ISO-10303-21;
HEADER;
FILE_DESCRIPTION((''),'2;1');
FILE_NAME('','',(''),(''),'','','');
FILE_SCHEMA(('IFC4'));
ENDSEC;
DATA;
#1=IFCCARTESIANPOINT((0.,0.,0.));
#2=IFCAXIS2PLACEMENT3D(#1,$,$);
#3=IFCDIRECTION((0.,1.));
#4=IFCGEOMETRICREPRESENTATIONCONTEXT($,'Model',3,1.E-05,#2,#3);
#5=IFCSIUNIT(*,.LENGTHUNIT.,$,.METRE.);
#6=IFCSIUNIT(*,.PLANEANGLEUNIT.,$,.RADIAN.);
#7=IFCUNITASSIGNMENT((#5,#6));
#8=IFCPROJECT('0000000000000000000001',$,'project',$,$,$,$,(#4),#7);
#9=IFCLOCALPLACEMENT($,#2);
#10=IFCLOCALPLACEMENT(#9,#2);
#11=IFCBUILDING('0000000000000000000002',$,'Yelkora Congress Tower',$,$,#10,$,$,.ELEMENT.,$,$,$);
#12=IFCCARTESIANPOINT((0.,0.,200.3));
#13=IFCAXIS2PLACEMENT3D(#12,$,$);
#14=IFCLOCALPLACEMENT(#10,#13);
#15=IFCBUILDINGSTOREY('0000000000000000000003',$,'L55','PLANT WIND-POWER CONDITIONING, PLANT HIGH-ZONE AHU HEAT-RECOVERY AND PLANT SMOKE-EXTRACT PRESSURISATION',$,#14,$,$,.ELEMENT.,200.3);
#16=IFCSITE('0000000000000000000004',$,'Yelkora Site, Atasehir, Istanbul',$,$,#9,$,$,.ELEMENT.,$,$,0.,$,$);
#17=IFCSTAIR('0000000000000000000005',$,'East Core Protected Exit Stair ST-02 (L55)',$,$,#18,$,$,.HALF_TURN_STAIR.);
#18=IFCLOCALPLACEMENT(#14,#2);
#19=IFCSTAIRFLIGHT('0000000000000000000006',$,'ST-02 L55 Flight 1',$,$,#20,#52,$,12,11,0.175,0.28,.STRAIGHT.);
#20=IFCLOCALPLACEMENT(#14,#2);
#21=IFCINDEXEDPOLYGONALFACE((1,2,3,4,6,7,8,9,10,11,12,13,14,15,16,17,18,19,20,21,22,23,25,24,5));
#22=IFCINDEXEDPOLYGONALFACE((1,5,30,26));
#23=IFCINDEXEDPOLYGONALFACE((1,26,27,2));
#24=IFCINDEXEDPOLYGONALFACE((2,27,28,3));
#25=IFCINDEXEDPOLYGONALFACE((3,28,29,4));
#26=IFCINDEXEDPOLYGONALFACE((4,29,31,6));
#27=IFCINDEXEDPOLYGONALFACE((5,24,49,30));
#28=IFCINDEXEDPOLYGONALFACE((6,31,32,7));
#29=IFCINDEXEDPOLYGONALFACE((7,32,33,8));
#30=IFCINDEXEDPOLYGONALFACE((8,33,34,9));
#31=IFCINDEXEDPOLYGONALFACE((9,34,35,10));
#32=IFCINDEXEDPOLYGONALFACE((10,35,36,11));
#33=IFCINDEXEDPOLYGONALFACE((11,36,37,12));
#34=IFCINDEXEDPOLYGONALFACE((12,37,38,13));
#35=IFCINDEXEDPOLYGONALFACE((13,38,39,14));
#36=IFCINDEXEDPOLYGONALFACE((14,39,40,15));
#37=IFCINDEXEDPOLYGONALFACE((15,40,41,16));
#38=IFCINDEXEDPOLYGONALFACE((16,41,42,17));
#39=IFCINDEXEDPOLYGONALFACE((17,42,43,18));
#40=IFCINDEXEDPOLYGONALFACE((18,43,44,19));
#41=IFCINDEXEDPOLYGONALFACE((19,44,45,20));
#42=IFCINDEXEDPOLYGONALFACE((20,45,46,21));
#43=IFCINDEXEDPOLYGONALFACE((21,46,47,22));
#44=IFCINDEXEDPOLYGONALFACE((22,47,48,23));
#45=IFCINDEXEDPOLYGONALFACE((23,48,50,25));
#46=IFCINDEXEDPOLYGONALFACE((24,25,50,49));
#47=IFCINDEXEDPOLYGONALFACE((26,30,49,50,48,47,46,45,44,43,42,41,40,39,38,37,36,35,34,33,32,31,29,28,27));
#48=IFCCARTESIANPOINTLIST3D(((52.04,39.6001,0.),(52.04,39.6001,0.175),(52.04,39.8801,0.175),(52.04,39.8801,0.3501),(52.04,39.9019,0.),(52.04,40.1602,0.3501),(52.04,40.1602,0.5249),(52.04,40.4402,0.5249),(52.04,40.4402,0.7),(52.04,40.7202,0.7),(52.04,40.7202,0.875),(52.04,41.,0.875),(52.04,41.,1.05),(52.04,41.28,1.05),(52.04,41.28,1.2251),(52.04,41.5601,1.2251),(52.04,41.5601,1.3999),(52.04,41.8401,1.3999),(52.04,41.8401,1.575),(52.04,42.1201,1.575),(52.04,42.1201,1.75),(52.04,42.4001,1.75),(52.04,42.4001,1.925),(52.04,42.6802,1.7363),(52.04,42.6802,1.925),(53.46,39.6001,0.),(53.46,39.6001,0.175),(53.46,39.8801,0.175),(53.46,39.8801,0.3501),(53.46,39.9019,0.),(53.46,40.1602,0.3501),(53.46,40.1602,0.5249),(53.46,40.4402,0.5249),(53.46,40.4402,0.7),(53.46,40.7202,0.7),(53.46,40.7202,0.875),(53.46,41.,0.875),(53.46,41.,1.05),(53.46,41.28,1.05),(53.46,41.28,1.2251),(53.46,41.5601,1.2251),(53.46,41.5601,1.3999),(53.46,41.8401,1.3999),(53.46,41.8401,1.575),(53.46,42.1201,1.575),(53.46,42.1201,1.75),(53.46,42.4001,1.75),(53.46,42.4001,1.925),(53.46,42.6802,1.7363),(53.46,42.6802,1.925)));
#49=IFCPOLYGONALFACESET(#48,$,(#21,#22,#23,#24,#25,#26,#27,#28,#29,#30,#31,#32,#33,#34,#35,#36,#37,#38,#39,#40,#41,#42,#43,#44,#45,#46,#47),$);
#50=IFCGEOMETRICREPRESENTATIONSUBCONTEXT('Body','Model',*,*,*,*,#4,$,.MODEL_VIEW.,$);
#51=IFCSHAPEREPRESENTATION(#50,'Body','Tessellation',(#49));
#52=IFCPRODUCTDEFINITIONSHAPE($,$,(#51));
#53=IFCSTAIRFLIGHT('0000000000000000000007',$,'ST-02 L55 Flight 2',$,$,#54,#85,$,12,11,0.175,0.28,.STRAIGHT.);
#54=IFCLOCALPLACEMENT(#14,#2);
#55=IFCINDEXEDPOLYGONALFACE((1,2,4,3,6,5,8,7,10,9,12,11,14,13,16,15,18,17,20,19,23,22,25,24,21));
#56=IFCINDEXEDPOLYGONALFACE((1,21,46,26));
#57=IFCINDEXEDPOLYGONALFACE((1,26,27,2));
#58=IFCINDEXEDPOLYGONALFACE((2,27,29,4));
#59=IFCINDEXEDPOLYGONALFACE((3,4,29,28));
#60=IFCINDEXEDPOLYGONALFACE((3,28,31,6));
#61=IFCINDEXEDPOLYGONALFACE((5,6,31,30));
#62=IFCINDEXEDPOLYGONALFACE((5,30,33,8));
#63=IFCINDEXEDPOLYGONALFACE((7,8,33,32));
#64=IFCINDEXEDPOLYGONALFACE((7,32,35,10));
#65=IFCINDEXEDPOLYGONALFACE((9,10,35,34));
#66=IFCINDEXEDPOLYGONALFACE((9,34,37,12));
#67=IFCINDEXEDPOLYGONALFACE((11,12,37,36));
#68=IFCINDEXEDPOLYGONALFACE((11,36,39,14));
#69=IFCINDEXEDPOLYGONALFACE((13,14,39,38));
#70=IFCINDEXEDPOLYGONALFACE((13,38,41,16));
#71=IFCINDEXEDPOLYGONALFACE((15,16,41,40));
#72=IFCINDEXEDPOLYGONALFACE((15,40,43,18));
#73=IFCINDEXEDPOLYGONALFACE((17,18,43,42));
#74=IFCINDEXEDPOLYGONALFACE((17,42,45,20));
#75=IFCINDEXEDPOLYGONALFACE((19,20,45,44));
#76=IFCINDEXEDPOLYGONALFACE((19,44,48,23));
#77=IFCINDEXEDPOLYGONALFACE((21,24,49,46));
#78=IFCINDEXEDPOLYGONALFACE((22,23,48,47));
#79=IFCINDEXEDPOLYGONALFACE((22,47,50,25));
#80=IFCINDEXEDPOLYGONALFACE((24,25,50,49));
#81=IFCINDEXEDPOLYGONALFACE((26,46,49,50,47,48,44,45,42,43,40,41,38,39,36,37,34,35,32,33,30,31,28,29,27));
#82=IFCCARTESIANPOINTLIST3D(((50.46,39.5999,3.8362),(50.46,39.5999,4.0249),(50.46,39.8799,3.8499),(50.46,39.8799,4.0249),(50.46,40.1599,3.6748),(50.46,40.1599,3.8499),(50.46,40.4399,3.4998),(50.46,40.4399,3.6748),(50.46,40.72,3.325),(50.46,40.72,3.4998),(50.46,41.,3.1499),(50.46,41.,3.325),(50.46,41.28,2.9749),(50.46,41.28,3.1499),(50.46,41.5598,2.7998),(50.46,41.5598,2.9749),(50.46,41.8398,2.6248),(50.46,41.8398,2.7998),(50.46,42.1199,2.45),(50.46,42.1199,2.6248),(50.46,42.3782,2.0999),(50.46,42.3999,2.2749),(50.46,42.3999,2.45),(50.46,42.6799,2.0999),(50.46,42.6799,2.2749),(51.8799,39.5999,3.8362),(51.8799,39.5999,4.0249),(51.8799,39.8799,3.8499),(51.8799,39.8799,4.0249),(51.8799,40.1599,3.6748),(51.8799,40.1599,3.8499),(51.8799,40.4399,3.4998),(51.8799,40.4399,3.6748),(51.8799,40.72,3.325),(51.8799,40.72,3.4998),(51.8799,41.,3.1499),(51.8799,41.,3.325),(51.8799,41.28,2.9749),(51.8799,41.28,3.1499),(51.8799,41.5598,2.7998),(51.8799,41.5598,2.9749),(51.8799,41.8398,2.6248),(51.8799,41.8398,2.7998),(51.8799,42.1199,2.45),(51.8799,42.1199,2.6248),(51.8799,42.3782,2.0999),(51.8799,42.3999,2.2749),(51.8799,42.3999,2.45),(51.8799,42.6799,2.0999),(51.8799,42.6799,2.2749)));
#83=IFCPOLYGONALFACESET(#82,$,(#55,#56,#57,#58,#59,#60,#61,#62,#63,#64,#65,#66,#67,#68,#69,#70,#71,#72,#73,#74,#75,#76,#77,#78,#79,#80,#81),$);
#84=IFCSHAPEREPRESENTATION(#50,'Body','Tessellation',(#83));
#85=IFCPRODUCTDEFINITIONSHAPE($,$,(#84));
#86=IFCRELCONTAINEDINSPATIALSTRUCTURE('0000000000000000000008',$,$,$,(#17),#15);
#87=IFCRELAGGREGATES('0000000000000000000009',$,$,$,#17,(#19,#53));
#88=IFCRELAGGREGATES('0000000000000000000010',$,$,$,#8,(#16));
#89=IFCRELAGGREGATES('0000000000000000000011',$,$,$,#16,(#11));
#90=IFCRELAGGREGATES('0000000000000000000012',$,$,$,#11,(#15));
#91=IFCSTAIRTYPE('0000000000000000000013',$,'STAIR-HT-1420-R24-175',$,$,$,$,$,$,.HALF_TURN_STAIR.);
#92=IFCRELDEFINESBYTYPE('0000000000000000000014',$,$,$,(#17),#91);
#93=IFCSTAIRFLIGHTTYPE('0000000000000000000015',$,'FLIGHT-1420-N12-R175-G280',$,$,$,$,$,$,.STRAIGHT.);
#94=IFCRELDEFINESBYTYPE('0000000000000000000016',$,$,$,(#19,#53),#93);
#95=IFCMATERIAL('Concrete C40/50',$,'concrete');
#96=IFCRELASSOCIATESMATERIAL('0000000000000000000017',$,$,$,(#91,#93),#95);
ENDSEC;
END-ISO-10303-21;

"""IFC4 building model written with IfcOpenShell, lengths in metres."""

from ifc_helpers import new_model, si_unit, direction, frame, origin, place, context, subcontext, project, spatial, polyline, outline, extrude, material, type_object, element, aggregate, save


model = new_model("IFC4")

# Units and contexts
model_context = context("Model", 3, precision=1e-05, world=origin(), true_north=direction((0.0, 1.0)))
body_context = subcontext(model_context, "Body", "Model", "MODEL_VIEW")
ifc_project = project(units=[si_unit("LENGTHUNIT", "METRE"), si_unit("PLANEANGLEUNIT", "RADIAN")], contexts=[model_context])

# Site, building, storey
site_placement = place(None, origin())
site = spatial("IfcSite", under=ifc_project, at=site_placement, Name="Yelkora Site, Atasehir, Istanbul", CompositionType="ELEMENT", RefElevation=0.0)
building_placement = place(site_placement, origin())
building = spatial("IfcBuilding", under=site, at=building_placement, Name="Yelkora Congress Tower", CompositionType="ELEMENT")
storey_placement = place(building_placement, frame((0.0, 0.0, 200.3)))
storey = spatial("IfcBuildingStorey", under=building, at=storey_placement, Name="L55", Description="PLANT WIND-POWER CONDITIONING, PLANT HIGH-ZONE AHU HEAT-RECOVERY AND PLANT SMOKE-EXTRACT PRESSURISATION", CompositionType="ELEMENT", Elevation=200.3)

# Stair, stair flights
ifc_material_1 = material(Name="Concrete C40/50", Category="concrete")
stair_type = type_object("IfcStairType", Name="STAIR-HT-1420-R24-175", PredefinedType="HALF_TURN_STAIR", material=ifc_material_1)
stair_placement = place(storey_placement, origin())
stair = element("IfcStair", 1, at=stair_placement, inside=storey, type_object=stair_type, Name="East Core Protected Exit Stair ST-02 (L55)", PredefinedType="HALF_TURN_STAIR")
stair_flight_type = type_object("IfcStairFlightType", Name="FLIGHT-1420-N12-R175-G280", PredefinedType="STRAIGHT", material=ifc_material_1)
stair_flight_1_placement = place(storey_placement, frame((52.75, 39.6001, 0.0), z_axis=(0.0, 0.0, 1.0), x_axis=(0.0, 1.0, 0.0)))
stair_flight_1 = element("IfcStairFlight", 2, at=stair_flight_1_placement, type_object=stair_flight_type, Name="ST-02 L55 Flight 1", NumberOfRisers=12, NumberOfTreads=11, PredefinedType="STRAIGHT", RiserHeight=0.175, TreadLength=0.28, context=body_context, shape_type="SweptSolid", body=[
    extrude(outline(polyline([(0.0, 0.0), (0.0, 0.175), (0.28, 0.175), (0.28, 0.3501), (0.5601, 0.3501), (0.5601, 0.5249), (0.8401, 0.5249), (0.8401, 0.7), (1.1201, 0.7), (1.1201, 0.875), (1.3999, 0.875), (1.3999, 1.05), (1.6799, 1.05), (1.6799, 1.2251), (1.96, 1.2251), (1.96, 1.3999), (2.24, 1.3999), (2.24, 1.575), (2.52, 1.575), (2.52, 1.75), (2.8, 1.75), (2.8, 1.925), (3.0801, 1.925), (3.0801, 2.1001), (3.0801, 1.7363), (0.3018, 0.0), (0.0, 0.0)])), frame((0.0, 0.71, 0.0), z_axis=(0.0, -1.0, 0.0), x_axis=(1.0, 0.0, 0.0)), (0.0, 0.0, 1.0), 1.4199),
])
stair_flight_2_placement = place(storey_placement, frame((51.1699, 42.6799, 2.0999), z_axis=(0.0, 0.0, 1.0), x_axis=(0.0, -1.0, 0.0)))
stair_flight_2 = element("IfcStairFlight", 3, at=stair_flight_2_placement, type_object=stair_flight_type, Name="ST-02 L55 Flight 2", NumberOfRisers=12, NumberOfTreads=11, PredefinedType="STRAIGHT", RiserHeight=0.175, TreadLength=0.28, context=body_context, shape_type="SweptSolid", body=[
    extrude(outline(polyline([(0.0, 0.0), (0.0, 0.175), (0.28, 0.175), (0.28, 0.3501), (0.5601, 0.3501), (0.5601, 0.5249), (0.8401, 0.5249), (0.8401, 0.7), (1.1201, 0.7), (1.1201, 0.875), (1.3999, 0.875), (1.3999, 1.05), (1.6799, 1.05), (1.6799, 1.2251), (1.96, 1.2251), (1.96, 1.3999), (2.24, 1.3999), (2.24, 1.575), (2.52, 1.575), (2.52, 1.75), (2.8, 1.75), (2.8, 1.925), (3.0801, 1.925), (3.0801, 2.1001), (3.0801, 1.7363), (0.3018, 0.0), (0.0, 0.0)])), frame((0.0, 0.71, 0.0), z_axis=(0.0, -1.0, 0.0), x_axis=(1.0, 0.0, 0.0)), (0.0, 0.0, 1.0), 1.4199),
])
aggregate(stair, [stair_flight_1, stair_flight_2])

save(model, "model.ifc")
